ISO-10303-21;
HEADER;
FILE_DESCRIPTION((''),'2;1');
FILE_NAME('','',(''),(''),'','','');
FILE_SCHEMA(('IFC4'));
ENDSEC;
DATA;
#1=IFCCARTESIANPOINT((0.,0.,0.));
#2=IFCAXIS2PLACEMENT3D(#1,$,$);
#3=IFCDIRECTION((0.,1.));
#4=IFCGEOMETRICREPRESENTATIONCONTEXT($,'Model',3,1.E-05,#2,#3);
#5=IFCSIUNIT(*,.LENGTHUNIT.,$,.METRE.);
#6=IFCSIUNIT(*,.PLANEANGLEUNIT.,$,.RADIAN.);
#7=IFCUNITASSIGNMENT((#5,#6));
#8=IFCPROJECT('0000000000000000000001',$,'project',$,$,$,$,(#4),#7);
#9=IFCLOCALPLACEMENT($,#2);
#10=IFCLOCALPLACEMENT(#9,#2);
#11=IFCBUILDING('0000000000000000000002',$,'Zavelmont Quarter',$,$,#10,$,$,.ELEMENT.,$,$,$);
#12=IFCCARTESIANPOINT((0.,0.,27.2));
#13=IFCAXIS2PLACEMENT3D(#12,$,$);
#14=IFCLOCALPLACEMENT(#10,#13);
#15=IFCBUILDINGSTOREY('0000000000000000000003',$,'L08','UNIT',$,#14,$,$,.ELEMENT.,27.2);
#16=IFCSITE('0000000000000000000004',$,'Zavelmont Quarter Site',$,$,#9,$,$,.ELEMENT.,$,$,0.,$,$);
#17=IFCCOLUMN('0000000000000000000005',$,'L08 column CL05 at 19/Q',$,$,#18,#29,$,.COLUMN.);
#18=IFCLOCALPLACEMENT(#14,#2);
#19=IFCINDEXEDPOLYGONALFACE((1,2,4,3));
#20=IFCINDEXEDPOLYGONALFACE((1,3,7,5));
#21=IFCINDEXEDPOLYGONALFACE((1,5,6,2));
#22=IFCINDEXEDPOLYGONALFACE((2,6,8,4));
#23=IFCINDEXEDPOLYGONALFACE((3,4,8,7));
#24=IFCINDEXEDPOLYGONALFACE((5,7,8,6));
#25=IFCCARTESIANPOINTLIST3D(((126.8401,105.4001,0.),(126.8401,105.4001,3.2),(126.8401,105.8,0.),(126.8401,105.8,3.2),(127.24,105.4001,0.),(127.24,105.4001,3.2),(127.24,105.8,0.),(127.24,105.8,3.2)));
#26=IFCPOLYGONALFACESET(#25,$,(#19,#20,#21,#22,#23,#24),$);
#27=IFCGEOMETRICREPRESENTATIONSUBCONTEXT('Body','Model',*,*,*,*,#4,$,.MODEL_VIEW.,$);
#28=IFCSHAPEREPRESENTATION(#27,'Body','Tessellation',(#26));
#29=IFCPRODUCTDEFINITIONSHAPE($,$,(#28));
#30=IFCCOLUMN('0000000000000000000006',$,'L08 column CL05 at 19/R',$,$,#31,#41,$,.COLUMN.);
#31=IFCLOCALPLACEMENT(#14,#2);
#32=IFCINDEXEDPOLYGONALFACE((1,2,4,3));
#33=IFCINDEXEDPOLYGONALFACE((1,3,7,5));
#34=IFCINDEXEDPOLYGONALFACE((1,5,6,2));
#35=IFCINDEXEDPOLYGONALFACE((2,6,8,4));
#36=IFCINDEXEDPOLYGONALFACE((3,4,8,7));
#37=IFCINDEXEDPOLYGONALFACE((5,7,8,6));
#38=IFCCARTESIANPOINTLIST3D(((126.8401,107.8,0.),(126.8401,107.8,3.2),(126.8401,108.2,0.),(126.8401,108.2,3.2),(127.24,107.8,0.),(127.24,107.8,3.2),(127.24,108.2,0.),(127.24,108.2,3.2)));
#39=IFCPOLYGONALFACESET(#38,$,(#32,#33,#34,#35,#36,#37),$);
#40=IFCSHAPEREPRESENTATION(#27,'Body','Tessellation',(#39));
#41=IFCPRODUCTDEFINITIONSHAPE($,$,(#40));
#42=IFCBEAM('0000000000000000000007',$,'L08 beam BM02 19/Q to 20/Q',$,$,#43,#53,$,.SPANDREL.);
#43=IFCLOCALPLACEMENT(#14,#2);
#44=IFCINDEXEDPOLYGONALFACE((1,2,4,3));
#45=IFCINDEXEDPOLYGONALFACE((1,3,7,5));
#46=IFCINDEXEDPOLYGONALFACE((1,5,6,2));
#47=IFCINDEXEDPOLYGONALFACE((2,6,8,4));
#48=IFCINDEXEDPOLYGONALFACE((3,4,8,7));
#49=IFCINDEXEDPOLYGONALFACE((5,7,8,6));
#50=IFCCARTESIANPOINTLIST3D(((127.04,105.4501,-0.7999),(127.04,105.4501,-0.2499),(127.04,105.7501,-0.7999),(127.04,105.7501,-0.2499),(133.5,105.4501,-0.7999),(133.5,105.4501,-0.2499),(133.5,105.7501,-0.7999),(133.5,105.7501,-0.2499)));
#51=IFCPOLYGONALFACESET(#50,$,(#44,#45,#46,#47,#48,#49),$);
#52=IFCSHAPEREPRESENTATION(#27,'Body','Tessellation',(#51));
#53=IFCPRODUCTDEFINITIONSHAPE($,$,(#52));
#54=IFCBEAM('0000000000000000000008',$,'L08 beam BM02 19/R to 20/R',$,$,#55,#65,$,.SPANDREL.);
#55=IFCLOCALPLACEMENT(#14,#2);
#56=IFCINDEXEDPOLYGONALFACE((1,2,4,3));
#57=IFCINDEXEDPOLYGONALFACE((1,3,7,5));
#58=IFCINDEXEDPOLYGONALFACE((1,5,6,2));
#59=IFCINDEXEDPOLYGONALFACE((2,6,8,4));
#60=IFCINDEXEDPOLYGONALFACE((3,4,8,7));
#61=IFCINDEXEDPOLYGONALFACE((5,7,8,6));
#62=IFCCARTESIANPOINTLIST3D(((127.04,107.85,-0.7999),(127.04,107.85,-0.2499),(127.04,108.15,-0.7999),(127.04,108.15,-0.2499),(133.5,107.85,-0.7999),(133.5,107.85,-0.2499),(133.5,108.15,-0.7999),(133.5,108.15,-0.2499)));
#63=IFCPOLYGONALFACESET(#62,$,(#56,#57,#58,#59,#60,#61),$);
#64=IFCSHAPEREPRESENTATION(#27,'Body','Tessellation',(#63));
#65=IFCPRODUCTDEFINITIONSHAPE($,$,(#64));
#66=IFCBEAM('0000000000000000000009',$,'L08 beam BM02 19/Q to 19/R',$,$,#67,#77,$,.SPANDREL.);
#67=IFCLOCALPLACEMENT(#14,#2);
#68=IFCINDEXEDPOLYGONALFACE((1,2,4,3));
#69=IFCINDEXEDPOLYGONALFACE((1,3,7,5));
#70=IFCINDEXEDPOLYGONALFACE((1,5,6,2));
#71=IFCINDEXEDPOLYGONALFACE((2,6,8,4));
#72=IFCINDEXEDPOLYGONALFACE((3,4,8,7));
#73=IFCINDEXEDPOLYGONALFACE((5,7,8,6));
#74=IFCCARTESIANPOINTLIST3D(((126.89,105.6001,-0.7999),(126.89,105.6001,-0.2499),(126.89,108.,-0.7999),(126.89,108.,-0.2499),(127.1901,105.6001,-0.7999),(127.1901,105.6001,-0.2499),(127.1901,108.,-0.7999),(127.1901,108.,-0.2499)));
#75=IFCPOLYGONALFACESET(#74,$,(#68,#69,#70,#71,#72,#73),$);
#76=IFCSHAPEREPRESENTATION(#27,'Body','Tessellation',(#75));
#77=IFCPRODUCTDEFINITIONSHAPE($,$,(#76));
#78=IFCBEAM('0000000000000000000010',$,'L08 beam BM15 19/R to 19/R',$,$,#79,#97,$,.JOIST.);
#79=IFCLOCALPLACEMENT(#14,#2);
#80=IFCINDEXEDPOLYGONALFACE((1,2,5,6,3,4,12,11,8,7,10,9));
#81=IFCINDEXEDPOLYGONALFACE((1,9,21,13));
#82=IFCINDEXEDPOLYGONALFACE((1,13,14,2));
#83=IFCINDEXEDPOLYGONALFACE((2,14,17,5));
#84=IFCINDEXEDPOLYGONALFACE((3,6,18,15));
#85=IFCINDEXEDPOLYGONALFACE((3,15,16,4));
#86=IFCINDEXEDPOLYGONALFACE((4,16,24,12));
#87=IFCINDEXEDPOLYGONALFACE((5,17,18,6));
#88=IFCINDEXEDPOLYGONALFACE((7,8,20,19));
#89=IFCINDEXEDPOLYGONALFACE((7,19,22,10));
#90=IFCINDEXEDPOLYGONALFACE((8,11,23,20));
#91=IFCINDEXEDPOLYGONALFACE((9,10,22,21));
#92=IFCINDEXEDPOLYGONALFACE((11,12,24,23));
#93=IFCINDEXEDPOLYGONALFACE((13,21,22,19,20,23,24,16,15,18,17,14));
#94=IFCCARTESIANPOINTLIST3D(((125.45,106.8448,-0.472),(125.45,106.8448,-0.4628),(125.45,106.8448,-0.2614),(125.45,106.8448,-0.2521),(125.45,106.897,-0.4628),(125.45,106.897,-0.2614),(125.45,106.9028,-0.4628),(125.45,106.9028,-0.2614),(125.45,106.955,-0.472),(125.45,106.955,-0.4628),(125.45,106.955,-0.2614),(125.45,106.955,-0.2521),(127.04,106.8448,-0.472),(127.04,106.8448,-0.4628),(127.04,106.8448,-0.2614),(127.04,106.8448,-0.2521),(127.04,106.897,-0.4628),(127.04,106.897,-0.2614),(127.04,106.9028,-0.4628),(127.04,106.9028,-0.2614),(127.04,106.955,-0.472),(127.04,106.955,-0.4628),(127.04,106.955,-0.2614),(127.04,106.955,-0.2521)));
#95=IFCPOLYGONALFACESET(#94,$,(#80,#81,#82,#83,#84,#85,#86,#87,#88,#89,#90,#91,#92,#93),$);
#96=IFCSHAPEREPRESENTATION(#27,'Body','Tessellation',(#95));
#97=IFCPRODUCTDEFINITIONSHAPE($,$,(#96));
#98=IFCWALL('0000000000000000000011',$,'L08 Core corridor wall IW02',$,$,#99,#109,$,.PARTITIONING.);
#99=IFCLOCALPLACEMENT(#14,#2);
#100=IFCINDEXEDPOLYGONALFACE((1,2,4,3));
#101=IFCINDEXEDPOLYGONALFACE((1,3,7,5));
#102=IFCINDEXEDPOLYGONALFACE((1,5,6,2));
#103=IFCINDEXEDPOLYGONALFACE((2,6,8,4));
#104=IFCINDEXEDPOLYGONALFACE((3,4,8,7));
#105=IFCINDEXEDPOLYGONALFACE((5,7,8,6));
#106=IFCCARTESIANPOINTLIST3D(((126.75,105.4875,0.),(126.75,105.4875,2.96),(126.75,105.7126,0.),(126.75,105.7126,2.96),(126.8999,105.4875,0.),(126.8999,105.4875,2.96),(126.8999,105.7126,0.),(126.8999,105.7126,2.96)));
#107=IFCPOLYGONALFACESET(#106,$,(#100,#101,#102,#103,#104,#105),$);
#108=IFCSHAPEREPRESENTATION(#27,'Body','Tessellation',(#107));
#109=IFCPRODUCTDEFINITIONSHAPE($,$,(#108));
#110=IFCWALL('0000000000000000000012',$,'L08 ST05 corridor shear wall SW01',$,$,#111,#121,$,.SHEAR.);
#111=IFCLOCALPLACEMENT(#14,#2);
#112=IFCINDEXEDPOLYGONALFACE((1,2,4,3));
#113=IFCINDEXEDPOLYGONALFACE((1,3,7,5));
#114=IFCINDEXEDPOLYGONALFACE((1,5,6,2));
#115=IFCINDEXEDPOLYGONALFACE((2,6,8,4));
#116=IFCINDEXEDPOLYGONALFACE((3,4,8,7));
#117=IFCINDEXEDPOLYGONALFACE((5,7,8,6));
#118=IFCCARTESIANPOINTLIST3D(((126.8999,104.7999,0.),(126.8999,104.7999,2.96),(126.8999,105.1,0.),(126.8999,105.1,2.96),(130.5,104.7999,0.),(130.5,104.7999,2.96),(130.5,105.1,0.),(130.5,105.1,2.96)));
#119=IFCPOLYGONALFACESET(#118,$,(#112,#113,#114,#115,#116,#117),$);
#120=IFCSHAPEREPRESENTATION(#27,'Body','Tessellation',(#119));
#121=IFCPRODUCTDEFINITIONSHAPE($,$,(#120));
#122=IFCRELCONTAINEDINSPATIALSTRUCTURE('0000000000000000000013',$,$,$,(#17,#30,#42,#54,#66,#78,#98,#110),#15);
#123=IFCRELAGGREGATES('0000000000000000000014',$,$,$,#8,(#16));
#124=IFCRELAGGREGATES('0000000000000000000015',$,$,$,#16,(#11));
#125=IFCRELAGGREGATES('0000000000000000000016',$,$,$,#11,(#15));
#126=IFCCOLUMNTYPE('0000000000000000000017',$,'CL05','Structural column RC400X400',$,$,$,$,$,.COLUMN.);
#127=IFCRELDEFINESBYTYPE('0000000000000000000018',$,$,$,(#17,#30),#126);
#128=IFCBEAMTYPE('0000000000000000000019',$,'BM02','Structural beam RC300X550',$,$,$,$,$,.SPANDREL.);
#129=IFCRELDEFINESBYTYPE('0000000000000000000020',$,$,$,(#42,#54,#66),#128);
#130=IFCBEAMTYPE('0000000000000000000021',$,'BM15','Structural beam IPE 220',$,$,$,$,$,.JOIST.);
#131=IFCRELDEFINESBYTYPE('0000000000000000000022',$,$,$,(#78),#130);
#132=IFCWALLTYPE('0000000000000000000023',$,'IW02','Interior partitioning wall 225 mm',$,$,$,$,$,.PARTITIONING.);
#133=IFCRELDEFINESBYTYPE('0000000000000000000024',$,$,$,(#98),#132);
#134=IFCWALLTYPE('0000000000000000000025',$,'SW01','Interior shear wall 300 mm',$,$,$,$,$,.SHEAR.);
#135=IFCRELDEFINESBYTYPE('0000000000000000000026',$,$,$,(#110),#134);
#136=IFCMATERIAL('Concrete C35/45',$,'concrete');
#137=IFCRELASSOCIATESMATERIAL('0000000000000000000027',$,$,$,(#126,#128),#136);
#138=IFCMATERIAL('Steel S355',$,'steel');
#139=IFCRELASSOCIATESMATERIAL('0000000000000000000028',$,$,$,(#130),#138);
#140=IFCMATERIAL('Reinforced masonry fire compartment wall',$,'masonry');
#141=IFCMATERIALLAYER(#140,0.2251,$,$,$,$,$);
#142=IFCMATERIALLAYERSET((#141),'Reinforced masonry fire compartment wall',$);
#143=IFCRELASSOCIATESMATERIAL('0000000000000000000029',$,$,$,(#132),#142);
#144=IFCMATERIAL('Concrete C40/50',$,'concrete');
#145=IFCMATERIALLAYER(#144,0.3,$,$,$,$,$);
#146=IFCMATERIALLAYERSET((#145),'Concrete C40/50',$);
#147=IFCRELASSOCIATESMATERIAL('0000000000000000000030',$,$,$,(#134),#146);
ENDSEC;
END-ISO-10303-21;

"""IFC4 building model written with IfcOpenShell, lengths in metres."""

from ifc_helpers import new_model, si_unit, direction, frame, frame_2d, origin, origin_2d, place, context, subcontext, project, spatial, rectangle, i_section, extrude, material, layer, layer_set, material_profile, profile_set, type_object, element, save


model = new_model("IFC4")

# Units and contexts
model_context = context("Model", 3, precision=1e-05, world=origin(), true_north=direction((0.0, 1.0)))
body_context = subcontext(model_context, "Body", "Model", "MODEL_VIEW")
ifc_project = project(units=[si_unit("LENGTHUNIT", "METRE"), si_unit("PLANEANGLEUNIT", "RADIAN")], contexts=[model_context])

# Site, building, storey
site_placement = place(None, origin())
site = spatial("IfcSite", under=ifc_project, at=site_placement, Name="Zavelmont Quarter Site", CompositionType="ELEMENT", RefElevation=0.0)
building_placement = place(site_placement, origin())
building = spatial("IfcBuilding", under=site, at=building_placement, Name="Zavelmont Quarter", CompositionType="ELEMENT")
storey_placement = place(building_placement, frame((0.0, 0.0, 27.2)))
storey = spatial("IfcBuildingStorey", under=building, at=storey_placement, Name="L08", Description="UNIT", CompositionType="ELEMENT", Elevation=27.2)

# Columns
ifc_material_1 = material(Name="Concrete C35/45", Category="concrete")
ifc_material_profile_1 = material_profile(ifc_material_1, rectangle(XDim=0.3999, YDim=0.3999, at=origin_2d()), Name="RC400X400")
ifc_profile_set_1 = profile_set([ifc_material_profile_1], Name="Concrete C35/45")
column_type = type_object("IfcColumnType", Name="CL05", Description="Structural column RC400X400", PredefinedType="COLUMN", material=ifc_profile_set_1)
for number, where, z_axis, x_axis, name in (
    (1, (127.04, 105.6001, 0.0), (0.0, 0.0, 1.0), (1.0, 0.0, 0.0), "L08 column CL05 at 19/Q"),
    (2, (127.04, 108.0, 0.0), (0.0, 0.0, 1.0), (1.0, 0.0, 0.0), "L08 column CL05 at 19/R"),
):
    element("IfcColumn", number, at=place(storey_placement, frame(where, z_axis=z_axis, x_axis=x_axis)), inside=storey, type_object=column_type, Name=name, PredefinedType="COLUMN", context=body_context, shape_type="SweptSolid", body=[
        extrude(rectangle(XDim=0.3999, YDim=0.3999, at=origin_2d()), origin(), (0.0, 0.0, 1.0), 3.2),
    ])

# Beams
ifc_material_profile_2 = material_profile(ifc_material_1, rectangle(XDim=0.3, YDim=0.55, at=origin_2d()), Name="RC300X550")
ifc_profile_set_2 = profile_set([ifc_material_profile_2], Name="Concrete C35/45")
beam_type_1 = type_object("IfcBeamType", Name="BM02", Description="Structural beam RC300X550", PredefinedType="SPANDREL", material=ifc_profile_set_2)
for number, where, z_axis, x_axis, name in (
    (3, (127.04, 105.6001, -0.5249), (1.0, 0.0, 0.0), (0.0, 1.0, 0.0), "L08 beam BM02 19/Q to 20/Q"),
    (4, (127.04, 108.0, -0.5249), (1.0, 0.0, 0.0), (0.0, 1.0, 0.0), "L08 beam BM02 19/R to 20/R"),
):
    element("IfcBeam", number, at=place(storey_placement, frame(where, z_axis=z_axis, x_axis=x_axis)), inside=storey, type_object=beam_type_1, Name=name, PredefinedType="SPANDREL", context=body_context, shape_type="SweptSolid", body=[
        extrude(rectangle(XDim=0.3, YDim=0.55, at=origin_2d()), origin(), (0.0, 0.0, 1.0), 6.46),
    ])
beam_1_placement = place(storey_placement, frame((127.04, 105.6001, -0.5249), z_axis=(0.0, 1.0, 0.0), x_axis=(-1.0, 0.0, 0.0)))
element("IfcBeam", 5, at=beam_1_placement, inside=storey, type_object=beam_type_1, Name="L08 beam BM02 19/Q to 19/R", PredefinedType="SPANDREL", context=body_context, shape_type="SweptSolid", body=[
    extrude(rectangle(XDim=0.3, YDim=0.55, at=origin_2d()), origin(), (0.0, 0.0, 1.0), 2.3999),
])
ifc_material_2 = material(Name="Steel S355", Category="steel")
ifc_material_profile_3 = material_profile(ifc_material_2, i_section(OverallWidth=0.1101, OverallDepth=0.22, WebThickness=0.0059, FlangeThickness=0.0093, at=origin_2d()), Name="IPE 220")
ifc_profile_set_3 = profile_set([ifc_material_profile_3], Name="Steel S355")
beam_type_2 = type_object("IfcBeamType", Name="BM15", Description="Structural beam IPE 220", PredefinedType="JOIST", material=ifc_profile_set_3)
beam_2_placement = place(storey_placement, frame((127.04, 106.8999, -0.3621), z_axis=(-1.0, 0.0, 0.0), x_axis=(0.0, -1.0, 0.0)))
element("IfcBeam", 6, at=beam_2_placement, inside=storey, type_object=beam_type_2, Name="L08 beam BM15 19/R to 19/R", PredefinedType="JOIST", context=body_context, shape_type="SweptSolid", body=[
    extrude(i_section(OverallWidth=0.1101, OverallDepth=0.22, WebThickness=0.0059, FlangeThickness=0.0093, at=origin_2d()), origin(), (0.0, 0.0, 1.0), 1.5901),
])

# Walls
ifc_material_3 = material(Name="Reinforced masonry fire compartment wall", Category="masonry")
ifc_layer_1 = layer(ifc_material_3, 0.2251)
ifc_layer_set_1 = layer_set([ifc_layer_1], Name="Reinforced masonry fire compartment wall")
wall_type_1 = type_object("IfcWallType", Name="IW02", Description="Interior partitioning wall 225 mm", PredefinedType="PARTITIONING", material=ifc_layer_set_1)
wall_1_placement = place(storey_placement, frame((126.75, 105.6001, 0.0), z_axis=(0.0, 0.0, 1.0), x_axis=(1.0, 0.0, 0.0)))
element("IfcWall", 7, at=wall_1_placement, inside=storey, type_object=wall_type_1, Name="L08 Core corridor wall IW02", PredefinedType="PARTITIONING", context=body_context, shape_type="SweptSolid", body=[
    extrude(rectangle(XDim=0.1499, YDim=0.2251, at=frame_2d((0.075, 0.0))), origin(), (0.0, 0.0, 1.0), 2.96),
])
ifc_material_4 = material(Name="Concrete C40/50", Category="concrete")
ifc_layer_2 = layer(ifc_material_4, 0.3)
ifc_layer_set_2 = layer_set([ifc_layer_2], Name="Concrete C40/50")
wall_type_2 = type_object("IfcWallType", Name="SW01", Description="Interior shear wall 300 mm", PredefinedType="SHEAR", material=ifc_layer_set_2)
wall_2_placement = place(storey_placement, frame((126.8999, 104.95, 0.0), z_axis=(0.0, 0.0, 1.0), x_axis=(1.0, 0.0, 0.0)))
element("IfcWall", 8, at=wall_2_placement, inside=storey, type_object=wall_type_2, Name="L08 ST05 corridor shear wall SW01", PredefinedType="SHEAR", context=body_context, shape_type="SweptSolid", body=[
    extrude(rectangle(XDim=3.6001, YDim=0.3, at=frame_2d((1.8, 0.0))), origin(), (0.0, 0.0, 1.0), 2.96),
])

save(model, "model.ifc")
